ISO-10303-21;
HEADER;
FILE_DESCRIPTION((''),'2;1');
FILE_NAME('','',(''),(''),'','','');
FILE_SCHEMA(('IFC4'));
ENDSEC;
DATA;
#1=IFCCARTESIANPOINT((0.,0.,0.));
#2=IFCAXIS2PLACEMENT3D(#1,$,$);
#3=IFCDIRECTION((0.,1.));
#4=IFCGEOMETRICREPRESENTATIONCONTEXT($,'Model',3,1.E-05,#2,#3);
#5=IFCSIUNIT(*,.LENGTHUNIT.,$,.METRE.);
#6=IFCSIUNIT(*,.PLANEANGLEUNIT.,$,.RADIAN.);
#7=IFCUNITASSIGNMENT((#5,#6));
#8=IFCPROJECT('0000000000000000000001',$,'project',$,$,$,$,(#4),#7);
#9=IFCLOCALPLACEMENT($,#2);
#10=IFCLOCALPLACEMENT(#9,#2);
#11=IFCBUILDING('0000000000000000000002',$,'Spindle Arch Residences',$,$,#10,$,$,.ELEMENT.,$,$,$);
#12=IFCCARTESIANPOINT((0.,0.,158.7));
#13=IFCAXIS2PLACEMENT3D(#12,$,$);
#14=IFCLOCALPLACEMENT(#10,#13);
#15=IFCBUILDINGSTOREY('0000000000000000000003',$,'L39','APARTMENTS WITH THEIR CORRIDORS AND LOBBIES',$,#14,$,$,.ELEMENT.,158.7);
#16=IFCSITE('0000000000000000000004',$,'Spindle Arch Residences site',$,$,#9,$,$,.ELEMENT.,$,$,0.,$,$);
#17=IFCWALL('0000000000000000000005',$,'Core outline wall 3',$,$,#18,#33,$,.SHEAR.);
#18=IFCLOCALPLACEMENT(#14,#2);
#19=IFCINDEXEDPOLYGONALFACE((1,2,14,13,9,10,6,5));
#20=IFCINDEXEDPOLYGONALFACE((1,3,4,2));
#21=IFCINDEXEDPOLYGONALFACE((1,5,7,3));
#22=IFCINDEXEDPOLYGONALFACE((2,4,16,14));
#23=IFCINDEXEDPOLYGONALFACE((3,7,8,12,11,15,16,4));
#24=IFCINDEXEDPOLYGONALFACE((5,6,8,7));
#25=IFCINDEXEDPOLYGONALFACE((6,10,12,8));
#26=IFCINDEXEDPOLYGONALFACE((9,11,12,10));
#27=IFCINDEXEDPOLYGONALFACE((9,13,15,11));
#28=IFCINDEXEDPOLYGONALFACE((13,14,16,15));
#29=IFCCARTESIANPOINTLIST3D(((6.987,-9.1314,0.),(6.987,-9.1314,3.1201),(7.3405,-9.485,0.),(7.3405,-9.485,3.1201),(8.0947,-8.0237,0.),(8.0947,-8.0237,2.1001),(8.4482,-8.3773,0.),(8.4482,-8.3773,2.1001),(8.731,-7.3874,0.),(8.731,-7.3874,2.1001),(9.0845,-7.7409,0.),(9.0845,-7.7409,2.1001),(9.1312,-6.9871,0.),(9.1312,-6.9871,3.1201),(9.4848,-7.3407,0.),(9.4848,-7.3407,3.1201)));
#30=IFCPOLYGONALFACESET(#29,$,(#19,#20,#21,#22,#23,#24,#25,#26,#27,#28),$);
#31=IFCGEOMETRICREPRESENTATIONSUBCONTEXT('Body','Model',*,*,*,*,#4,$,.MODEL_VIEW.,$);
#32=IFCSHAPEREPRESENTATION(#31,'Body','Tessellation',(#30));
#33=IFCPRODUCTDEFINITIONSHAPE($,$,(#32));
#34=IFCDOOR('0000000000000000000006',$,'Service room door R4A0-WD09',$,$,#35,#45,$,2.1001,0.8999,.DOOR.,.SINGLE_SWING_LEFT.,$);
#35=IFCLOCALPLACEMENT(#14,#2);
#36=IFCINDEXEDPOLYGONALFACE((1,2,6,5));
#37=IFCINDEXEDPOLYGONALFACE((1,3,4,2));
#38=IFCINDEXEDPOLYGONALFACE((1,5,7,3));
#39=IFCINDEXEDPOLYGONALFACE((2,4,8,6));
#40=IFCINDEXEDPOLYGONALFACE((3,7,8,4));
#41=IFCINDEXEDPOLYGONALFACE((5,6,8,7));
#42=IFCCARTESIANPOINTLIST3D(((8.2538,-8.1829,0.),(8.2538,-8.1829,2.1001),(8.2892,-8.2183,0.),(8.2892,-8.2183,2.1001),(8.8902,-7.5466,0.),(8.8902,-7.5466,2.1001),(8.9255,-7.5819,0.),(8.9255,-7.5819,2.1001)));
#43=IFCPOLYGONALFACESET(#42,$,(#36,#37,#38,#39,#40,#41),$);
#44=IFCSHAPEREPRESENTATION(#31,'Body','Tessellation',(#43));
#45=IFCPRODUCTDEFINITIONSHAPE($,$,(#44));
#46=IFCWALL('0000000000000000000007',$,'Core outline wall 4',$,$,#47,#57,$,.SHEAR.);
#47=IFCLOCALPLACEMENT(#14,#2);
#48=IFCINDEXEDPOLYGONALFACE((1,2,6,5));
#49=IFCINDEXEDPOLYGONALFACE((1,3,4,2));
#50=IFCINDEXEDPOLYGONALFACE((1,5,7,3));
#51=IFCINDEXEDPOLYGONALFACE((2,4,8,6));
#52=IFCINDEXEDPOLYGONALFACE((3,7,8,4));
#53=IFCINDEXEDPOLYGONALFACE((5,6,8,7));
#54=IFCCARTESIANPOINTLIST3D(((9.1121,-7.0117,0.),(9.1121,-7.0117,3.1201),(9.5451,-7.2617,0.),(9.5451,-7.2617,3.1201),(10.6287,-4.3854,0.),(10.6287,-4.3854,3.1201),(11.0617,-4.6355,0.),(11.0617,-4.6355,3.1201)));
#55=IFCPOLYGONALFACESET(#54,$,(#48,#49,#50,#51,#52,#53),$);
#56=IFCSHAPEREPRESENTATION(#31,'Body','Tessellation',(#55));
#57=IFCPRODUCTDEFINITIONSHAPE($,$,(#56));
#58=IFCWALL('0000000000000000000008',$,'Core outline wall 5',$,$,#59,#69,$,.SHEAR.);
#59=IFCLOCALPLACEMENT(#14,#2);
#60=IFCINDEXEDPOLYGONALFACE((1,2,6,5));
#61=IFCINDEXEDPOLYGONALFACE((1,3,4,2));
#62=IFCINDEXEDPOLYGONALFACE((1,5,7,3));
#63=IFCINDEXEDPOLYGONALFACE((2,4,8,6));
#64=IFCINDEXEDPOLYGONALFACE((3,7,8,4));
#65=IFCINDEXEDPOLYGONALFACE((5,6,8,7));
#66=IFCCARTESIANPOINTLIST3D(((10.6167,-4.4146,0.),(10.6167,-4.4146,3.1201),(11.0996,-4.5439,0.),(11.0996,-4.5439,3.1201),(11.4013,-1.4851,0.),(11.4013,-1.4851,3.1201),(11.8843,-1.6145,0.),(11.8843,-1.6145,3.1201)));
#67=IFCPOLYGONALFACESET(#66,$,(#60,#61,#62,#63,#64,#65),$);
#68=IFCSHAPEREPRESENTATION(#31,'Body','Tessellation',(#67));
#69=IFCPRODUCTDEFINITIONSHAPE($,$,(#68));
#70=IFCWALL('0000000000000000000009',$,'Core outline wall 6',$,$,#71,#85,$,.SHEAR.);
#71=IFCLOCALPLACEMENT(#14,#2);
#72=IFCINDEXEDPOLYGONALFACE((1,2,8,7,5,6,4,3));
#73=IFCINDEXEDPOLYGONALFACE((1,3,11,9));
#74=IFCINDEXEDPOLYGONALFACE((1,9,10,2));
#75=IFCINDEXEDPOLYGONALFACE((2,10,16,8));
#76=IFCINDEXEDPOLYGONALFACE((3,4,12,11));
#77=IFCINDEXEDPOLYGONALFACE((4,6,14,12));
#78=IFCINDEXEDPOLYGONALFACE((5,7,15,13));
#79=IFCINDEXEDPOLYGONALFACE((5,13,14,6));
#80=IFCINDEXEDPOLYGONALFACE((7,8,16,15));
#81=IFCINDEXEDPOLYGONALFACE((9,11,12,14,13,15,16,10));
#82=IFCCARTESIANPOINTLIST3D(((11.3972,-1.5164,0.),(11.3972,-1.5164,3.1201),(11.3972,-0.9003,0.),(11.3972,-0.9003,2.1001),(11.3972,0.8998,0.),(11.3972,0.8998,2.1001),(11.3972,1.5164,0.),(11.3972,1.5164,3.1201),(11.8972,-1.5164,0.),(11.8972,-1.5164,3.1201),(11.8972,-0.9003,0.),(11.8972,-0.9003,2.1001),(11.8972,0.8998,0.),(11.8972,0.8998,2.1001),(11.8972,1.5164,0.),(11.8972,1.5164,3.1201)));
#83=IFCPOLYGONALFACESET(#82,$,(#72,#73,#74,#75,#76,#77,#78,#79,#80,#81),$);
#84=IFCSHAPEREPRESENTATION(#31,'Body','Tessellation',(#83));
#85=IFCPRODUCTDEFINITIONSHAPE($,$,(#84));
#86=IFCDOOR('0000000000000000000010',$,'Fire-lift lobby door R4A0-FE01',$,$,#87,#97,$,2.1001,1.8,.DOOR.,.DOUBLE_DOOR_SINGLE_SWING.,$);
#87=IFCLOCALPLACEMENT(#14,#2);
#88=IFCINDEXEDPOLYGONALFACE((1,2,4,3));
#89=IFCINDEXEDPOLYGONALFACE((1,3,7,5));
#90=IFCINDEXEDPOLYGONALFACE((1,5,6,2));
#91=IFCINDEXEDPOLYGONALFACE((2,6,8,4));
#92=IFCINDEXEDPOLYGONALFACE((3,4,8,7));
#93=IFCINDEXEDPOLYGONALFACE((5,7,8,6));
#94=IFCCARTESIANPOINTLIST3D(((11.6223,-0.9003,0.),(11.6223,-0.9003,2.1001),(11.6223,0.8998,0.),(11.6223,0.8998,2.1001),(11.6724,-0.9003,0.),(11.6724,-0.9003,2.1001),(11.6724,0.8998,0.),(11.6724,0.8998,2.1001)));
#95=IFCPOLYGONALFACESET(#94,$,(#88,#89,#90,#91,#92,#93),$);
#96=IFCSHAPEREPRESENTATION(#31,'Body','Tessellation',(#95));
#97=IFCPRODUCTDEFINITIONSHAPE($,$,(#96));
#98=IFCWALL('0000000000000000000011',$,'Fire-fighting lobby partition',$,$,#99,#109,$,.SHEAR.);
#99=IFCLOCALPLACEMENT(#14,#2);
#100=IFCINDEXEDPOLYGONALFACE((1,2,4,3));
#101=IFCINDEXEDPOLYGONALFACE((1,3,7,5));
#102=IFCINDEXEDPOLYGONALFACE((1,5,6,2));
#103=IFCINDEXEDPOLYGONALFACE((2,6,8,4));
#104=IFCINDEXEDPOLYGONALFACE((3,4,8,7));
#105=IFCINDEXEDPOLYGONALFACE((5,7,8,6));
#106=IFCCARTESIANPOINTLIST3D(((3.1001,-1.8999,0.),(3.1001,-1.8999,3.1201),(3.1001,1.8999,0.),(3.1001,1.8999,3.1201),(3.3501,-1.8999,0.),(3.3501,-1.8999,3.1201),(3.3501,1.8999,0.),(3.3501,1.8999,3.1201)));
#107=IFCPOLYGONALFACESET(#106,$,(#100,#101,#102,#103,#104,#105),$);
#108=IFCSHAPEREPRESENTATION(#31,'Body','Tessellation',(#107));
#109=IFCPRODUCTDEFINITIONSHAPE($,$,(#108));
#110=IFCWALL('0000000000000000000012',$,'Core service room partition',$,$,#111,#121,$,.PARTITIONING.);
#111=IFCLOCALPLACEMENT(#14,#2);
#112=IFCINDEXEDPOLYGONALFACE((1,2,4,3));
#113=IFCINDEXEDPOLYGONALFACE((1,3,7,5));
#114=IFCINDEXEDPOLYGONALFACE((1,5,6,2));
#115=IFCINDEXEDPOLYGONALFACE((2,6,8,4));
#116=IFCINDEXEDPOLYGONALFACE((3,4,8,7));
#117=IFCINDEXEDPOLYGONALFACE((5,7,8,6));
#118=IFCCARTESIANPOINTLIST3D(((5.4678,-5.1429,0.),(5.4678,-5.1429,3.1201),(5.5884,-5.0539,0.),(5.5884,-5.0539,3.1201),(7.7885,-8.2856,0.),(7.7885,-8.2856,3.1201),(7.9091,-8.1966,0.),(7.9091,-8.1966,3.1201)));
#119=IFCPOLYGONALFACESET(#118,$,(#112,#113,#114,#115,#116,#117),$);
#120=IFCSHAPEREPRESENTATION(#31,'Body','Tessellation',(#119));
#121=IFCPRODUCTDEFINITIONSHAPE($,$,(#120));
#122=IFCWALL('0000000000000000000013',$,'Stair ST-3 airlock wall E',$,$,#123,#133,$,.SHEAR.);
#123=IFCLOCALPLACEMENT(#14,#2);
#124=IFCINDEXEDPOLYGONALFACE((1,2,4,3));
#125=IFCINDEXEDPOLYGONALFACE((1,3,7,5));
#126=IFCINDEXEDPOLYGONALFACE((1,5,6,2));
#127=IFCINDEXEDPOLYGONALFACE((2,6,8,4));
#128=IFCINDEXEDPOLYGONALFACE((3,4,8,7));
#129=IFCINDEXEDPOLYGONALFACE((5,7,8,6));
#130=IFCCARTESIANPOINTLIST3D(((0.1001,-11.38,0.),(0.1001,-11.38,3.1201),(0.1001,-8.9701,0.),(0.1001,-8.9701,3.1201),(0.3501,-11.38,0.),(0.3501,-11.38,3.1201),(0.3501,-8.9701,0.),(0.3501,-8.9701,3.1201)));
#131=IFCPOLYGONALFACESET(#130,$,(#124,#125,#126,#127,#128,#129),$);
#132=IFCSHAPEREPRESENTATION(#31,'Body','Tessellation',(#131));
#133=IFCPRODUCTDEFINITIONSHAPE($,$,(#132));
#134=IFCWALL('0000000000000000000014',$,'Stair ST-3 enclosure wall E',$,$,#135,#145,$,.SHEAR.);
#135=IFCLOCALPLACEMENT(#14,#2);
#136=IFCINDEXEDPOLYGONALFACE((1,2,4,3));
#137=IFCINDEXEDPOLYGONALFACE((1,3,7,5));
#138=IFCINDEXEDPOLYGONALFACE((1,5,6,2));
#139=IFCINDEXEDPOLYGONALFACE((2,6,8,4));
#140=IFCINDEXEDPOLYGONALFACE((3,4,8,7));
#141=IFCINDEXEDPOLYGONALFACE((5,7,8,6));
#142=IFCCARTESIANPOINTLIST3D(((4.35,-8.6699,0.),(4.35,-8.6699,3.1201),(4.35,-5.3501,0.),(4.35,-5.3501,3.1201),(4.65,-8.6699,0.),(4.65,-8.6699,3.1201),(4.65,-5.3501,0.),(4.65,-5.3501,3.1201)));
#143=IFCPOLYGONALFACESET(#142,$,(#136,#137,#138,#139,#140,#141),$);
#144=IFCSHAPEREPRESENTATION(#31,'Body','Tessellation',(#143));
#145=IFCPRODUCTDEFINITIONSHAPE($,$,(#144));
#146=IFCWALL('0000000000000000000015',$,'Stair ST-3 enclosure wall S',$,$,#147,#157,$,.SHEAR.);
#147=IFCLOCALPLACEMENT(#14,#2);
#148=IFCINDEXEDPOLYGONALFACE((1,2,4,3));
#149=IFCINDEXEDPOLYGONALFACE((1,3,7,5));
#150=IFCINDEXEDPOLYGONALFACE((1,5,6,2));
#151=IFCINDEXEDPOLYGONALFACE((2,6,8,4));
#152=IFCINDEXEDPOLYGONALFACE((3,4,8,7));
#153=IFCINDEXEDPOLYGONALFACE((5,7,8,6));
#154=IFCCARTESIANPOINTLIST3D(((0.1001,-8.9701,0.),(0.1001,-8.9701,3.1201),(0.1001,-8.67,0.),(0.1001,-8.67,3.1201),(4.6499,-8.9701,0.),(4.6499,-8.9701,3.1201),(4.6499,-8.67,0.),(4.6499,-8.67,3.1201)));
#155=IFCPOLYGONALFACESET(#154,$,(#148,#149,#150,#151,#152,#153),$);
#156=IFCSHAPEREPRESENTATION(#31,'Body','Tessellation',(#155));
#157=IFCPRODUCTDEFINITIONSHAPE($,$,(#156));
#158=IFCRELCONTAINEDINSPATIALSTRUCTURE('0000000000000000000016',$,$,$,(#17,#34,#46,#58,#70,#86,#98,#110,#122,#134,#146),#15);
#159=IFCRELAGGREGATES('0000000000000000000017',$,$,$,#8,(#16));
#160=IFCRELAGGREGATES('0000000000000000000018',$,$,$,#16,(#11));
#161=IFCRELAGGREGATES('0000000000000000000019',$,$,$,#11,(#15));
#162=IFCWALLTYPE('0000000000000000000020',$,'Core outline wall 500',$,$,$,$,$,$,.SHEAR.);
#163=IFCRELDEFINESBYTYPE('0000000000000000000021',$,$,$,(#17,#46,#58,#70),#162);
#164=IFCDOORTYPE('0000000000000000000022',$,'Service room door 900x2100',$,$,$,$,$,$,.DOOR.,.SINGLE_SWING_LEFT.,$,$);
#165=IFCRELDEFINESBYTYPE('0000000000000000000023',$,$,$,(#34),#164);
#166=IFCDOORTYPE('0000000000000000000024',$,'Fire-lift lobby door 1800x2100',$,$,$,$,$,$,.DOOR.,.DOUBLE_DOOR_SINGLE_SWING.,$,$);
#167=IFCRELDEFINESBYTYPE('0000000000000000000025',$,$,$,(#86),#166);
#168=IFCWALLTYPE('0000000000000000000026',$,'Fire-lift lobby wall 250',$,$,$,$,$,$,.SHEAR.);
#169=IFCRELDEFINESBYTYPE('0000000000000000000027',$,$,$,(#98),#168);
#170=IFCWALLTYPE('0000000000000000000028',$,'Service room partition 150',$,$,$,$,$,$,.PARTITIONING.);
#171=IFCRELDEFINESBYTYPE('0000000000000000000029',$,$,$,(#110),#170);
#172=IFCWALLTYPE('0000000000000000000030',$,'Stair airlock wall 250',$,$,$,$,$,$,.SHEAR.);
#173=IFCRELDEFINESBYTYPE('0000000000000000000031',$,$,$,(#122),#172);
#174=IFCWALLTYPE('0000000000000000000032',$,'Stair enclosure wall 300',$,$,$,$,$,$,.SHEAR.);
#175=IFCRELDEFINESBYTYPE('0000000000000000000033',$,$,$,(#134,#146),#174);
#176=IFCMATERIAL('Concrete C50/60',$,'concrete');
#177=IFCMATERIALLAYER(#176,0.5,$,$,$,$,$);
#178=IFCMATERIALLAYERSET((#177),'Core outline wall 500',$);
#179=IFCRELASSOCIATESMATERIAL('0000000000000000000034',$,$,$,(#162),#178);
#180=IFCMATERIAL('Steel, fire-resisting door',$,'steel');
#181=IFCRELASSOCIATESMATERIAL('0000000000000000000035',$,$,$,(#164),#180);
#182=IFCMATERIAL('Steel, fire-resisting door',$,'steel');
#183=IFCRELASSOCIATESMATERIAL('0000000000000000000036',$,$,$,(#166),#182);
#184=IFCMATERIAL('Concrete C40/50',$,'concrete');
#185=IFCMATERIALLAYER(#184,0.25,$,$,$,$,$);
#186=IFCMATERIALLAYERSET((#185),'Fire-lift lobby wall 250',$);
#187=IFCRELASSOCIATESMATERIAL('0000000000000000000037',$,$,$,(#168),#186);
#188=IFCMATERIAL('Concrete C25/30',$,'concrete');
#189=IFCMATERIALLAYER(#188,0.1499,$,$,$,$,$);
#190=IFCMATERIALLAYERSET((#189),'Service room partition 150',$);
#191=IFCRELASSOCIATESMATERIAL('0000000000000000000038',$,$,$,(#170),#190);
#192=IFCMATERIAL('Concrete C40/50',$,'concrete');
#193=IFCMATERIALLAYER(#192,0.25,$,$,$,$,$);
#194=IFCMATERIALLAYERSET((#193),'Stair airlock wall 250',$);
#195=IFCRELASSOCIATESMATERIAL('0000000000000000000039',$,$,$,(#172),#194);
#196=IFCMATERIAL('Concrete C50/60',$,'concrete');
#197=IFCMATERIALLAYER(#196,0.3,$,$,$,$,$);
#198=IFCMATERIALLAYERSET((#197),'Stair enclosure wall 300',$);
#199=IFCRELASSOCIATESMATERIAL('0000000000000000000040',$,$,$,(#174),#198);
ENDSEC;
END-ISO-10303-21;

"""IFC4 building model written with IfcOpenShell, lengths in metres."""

from ifc_helpers import new_model, si_unit, direction, frame, frame_2d, origin, place, context, subcontext, project, spatial, rectangle, extrude, material, layer, layer_set, type_object, element, fill, save


model = new_model("IFC4")

# Units and contexts
model_context = context("Model", 3, precision=1e-05, world=origin(), true_north=direction((0.0, 1.0)))
body_context = subcontext(model_context, "Body", "Model", "MODEL_VIEW")
ifc_project = project(units=[si_unit("LENGTHUNIT", "METRE"), si_unit("PLANEANGLEUNIT", "RADIAN")], contexts=[model_context])

# Site, building, storey
site_placement = place(None, origin())
site = spatial("IfcSite", under=ifc_project, at=site_placement, Name="Spindle Arch Residences site", CompositionType="ELEMENT", RefElevation=0.0)
building_placement = place(site_placement, origin())
building = spatial("IfcBuilding", under=site, at=building_placement, Name="Spindle Arch Residences", CompositionType="ELEMENT")
storey_placement = place(building_placement, frame((0.0, 0.0, 158.7)))
storey = spatial("IfcBuildingStorey", under=building, at=storey_placement, Name="L39", Description="APARTMENTS WITH THEIR CORRIDORS AND LOBBIES", CompositionType="ELEMENT", Elevation=158.7)

# Wall, opening, door
ifc_material_1 = material(Name="Concrete C50/60", Category="concrete")
ifc_layer_1 = layer(ifc_material_1, 0.5)
ifc_layer_set_1 = layer_set([ifc_layer_1], Name="Core outline wall 500")
wall_type_1 = type_object("IfcWallType", Name="Core outline wall 500", PredefinedType="SHEAR", material=ifc_layer_set_1)
wall_1_placement = place(storey_placement, frame((7.1638, -9.3081, 0.0), z_axis=(0.0, 0.0, 1.0), x_axis=(0.707107, 0.707107, 0.0)))
wall_1 = element("IfcWall", 1, at=wall_1_placement, inside=storey, type_object=wall_type_1, Name="Core outline wall 3", PredefinedType="SHEAR", context=body_context, shape_type="SweptSolid", body=[
    extrude(rectangle(XDim=3.0325, YDim=0.5, at=frame_2d((1.5161, 0.0))), origin(), (0.0, 0.0, 1.0), 3.1201),
])
opening_1_placement = place(wall_1_placement, frame((1.5664, 0.0, 0.0)))
opening_1 = element("IfcOpeningElement", 2, at=opening_1_placement, cuts=wall_1, PredefinedType="OPENING", context=body_context, shape_type="SweptSolid", body=[
    extrude(rectangle(XDim=0.8999, YDim=2.1001, at=frame_2d((0.45, 1.05))), frame((0.0, 0.26, 0.0), z_axis=(0.0, -1.0, 0.0), x_axis=(1.0, 0.0, 0.0)), (0.0, 0.0, 1.0), 0.52),
])
ifc_material_2 = material(Name="Steel, fire-resisting door", Category="steel")
door_type_1 = type_object("IfcDoorType", Name="Service room door 900x2100", OperationType="SINGLE_SWING_LEFT", PredefinedType="DOOR", material=ifc_material_2)
door_1_placement = place(opening_1_placement, origin())
door_1 = element("IfcDoor", 3, at=door_1_placement, inside=storey, type_object=door_type_1, Name="Service room door R4A0-WD09", OperationType="SINGLE_SWING_LEFT", OverallHeight=2.1001, OverallWidth=0.8999, PredefinedType="DOOR", context=body_context, shape_type="SweptSolid", body=[
    extrude(rectangle(XDim=0.8999, YDim=2.1001, at=frame_2d((0.45, 1.05))), frame((0.0, 0.0249, 0.0), z_axis=(0.0, -1.0, 0.0), x_axis=(1.0, 0.0, 0.0)), (0.0, 0.0, 1.0), 0.05),
])
fill(opening_1, door_1)

# Walls
for number, where, z_axis, x_axis, name in (
    (4, (9.3286, -7.1367, 0.0), (0.0, 0.0, 1.0), (0.500087, 0.865975, 0.0), "Core outline wall 4"),
    (5, (10.8582, -4.4792, 0.0), (0.0, 0.0, 1.0), (0.258735, 0.965948, 0.0), "Core outline wall 5"),
):
    element("IfcWall", number, at=place(storey_placement, frame(where, z_axis=z_axis, x_axis=x_axis)), inside=storey, type_object=wall_type_1, Name=name, PredefinedType="SHEAR", context=body_context, shape_type="SweptSolid", body=[
        extrude(rectangle(XDim=3.0327, YDim=0.5, at=frame_2d((1.5164, 0.0))), origin(), (0.0, 0.0, 1.0), 3.1201),
    ])

# Wall, opening, door
wall_2_placement = place(storey_placement, frame((11.6472, -1.5164, 0.0), z_axis=(0.0, 0.0, 1.0), x_axis=(0.0, 1.0, 0.0)))
wall_2 = element("IfcWall", 6, at=wall_2_placement, inside=storey, type_object=wall_type_1, Name="Core outline wall 6", PredefinedType="SHEAR", context=body_context, shape_type="SweptSolid", body=[
    extrude(rectangle(XDim=3.0327, YDim=0.5, at=frame_2d((1.5164, 0.0))), origin(), (0.0, 0.0, 1.0), 3.1201),
])
opening_2_placement = place(wall_2_placement, frame((0.6162, 0.0, 0.0)))
opening_2 = element("IfcOpeningElement", 7, at=opening_2_placement, cuts=wall_2, PredefinedType="OPENING", context=body_context, shape_type="SweptSolid", body=[
    extrude(rectangle(XDim=1.8, YDim=2.1001, at=frame_2d((0.8999, 1.05))), frame((0.0, 0.26, 0.0), z_axis=(0.0, -1.0, 0.0), x_axis=(1.0, 0.0, 0.0)), (0.0, 0.0, 1.0), 0.52),
])
ifc_material_3 = material(Name="Steel, fire-resisting door", Category="steel")
door_type_2 = type_object("IfcDoorType", Name="Fire-lift lobby door 1800x2100", OperationType="DOUBLE_DOOR_SINGLE_SWING", PredefinedType="DOOR", material=ifc_material_3)
door_2_placement = place(opening_2_placement, origin())
door_2 = element("IfcDoor", 8, at=door_2_placement, inside=storey, type_object=door_type_2, Name="Fire-lift lobby door R4A0-FE01", OperationType="DOUBLE_DOOR_SINGLE_SWING", OverallHeight=2.1001, OverallWidth=1.8, PredefinedType="DOOR", context=body_context, shape_type="SweptSolid", body=[
    extrude(rectangle(XDim=1.8, YDim=2.1001, at=frame_2d((0.8999, 1.05))), frame((0.0, 0.0249, 0.0), z_axis=(0.0, -1.0, 0.0), x_axis=(1.0, 0.0, 0.0)), (0.0, 0.0, 1.0), 0.05),
])
fill(opening_2, door_2)

# Wall
ifc_material_4 = material(Name="Concrete C40/50", Category="concrete")
ifc_layer_2 = layer(ifc_material_4, 0.25)
ifc_layer_set_2 = layer_set([ifc_layer_2], Name="Fire-lift lobby wall 250")
wall_type_2 = type_object("IfcWallType", Name="Fire-lift lobby wall 250", PredefinedType="SHEAR", material=ifc_layer_set_2)
wall_3_placement = place(storey_placement, frame((3.2251, -1.8999, 0.0), z_axis=(0.0, 0.0, 1.0), x_axis=(0.0, 1.0, 0.0)))
element("IfcWall", 9, at=wall_3_placement, inside=storey, type_object=wall_type_2, Name="Fire-fighting lobby partition", PredefinedType="SHEAR", context=body_context, shape_type="SweptSolid", body=[
    extrude(rectangle(XDim=3.7998, YDim=0.25, at=frame_2d((1.8999, 0.0))), origin(), (0.0, 0.0, 1.0), 3.1201),
])

# Walls
ifc_material_5 = material(Name="Concrete C25/30", Category="concrete")
ifc_layer_3 = layer(ifc_material_5, 0.1499)
ifc_layer_set_3 = layer_set([ifc_layer_3], Name="Service room partition 150")
wall_type_3 = type_object("IfcWallType", Name="Service room partition 150", PredefinedType="PARTITIONING", material=ifc_layer_set_3)
wall_4_placement = place(storey_placement, frame((5.5281, -5.0984, 0.0), z_axis=(0.0, 0.0, 1.0), x_axis=(0.594034, -0.80444, 0.0)))
element("IfcWall", 10, at=wall_4_placement, inside=storey, type_object=wall_type_3, Name="Core service room partition", PredefinedType="PARTITIONING", context=body_context, shape_type="SweptSolid", body=[
    extrude(rectangle(XDim=3.9067, YDim=0.1499, at=frame_2d((1.9534, 0.0))), origin(), (0.0, 0.0, 1.0), 3.1201),
])
ifc_material_6 = material(Name="Concrete C40/50", Category="concrete")
ifc_layer_4 = layer(ifc_material_6, 0.25)
ifc_layer_set_4 = layer_set([ifc_layer_4], Name="Stair airlock wall 250")
wall_type_4 = type_object("IfcWallType", Name="Stair airlock wall 250", PredefinedType="SHEAR", material=ifc_layer_set_4)
wall_5_placement = place(storey_placement, frame((0.2251, -8.97, 0.0), z_axis=(0.0, 0.0, 1.0), x_axis=(0.0, -1.0, 0.0)))
element("IfcWall", 11, at=wall_5_placement, inside=storey, type_object=wall_type_4, Name="Stair ST-3 airlock wall E", PredefinedType="SHEAR", context=body_context, shape_type="SweptSolid", body=[
    extrude(rectangle(XDim=2.4099, YDim=0.25, at=frame_2d((1.2051, 0.0))), origin(), (0.0, 0.0, 1.0), 3.1201),
])
ifc_material_7 = material(Name="Concrete C50/60", Category="concrete")
ifc_layer_5 = layer(ifc_material_7, 0.3)
ifc_layer_set_5 = layer_set([ifc_layer_5], Name="Stair enclosure wall 300")
wall_type_5 = type_object("IfcWallType", Name="Stair enclosure wall 300", PredefinedType="SHEAR", material=ifc_layer_set_5)
wall_6_placement = place(storey_placement, frame((4.5, -8.6699, 0.0), z_axis=(0.0, 0.0, 1.0), x_axis=(0.0, 1.0, 0.0)))
element("IfcWall", 12, at=wall_6_placement, inside=storey, type_object=wall_type_5, Name="Stair ST-3 enclosure wall E", PredefinedType="SHEAR", context=body_context, shape_type="SweptSolid", body=[
    extrude(rectangle(XDim=3.3198, YDim=0.3, at=frame_2d((1.6599, 0.0))), origin(), (0.0, 0.0, 1.0), 3.1201),
])
wall_7_placement = place(storey_placement, frame((0.1001, -8.8201, 0.0), z_axis=(0.0, 0.0, 1.0), x_axis=(1.0, 0.0, 0.0)))
element("IfcWall", 13, at=wall_7_placement, inside=storey, type_object=wall_type_5, Name="Stair ST-3 enclosure wall S", PredefinedType="SHEAR", context=body_context, shape_type="SweptSolid", body=[
    extrude(rectangle(XDim=4.5498, YDim=0.3, at=frame_2d((2.2749, 0.0))), origin(), (0.0, 0.0, 1.0), 3.1201),
])

save(model, "model.ifc")
